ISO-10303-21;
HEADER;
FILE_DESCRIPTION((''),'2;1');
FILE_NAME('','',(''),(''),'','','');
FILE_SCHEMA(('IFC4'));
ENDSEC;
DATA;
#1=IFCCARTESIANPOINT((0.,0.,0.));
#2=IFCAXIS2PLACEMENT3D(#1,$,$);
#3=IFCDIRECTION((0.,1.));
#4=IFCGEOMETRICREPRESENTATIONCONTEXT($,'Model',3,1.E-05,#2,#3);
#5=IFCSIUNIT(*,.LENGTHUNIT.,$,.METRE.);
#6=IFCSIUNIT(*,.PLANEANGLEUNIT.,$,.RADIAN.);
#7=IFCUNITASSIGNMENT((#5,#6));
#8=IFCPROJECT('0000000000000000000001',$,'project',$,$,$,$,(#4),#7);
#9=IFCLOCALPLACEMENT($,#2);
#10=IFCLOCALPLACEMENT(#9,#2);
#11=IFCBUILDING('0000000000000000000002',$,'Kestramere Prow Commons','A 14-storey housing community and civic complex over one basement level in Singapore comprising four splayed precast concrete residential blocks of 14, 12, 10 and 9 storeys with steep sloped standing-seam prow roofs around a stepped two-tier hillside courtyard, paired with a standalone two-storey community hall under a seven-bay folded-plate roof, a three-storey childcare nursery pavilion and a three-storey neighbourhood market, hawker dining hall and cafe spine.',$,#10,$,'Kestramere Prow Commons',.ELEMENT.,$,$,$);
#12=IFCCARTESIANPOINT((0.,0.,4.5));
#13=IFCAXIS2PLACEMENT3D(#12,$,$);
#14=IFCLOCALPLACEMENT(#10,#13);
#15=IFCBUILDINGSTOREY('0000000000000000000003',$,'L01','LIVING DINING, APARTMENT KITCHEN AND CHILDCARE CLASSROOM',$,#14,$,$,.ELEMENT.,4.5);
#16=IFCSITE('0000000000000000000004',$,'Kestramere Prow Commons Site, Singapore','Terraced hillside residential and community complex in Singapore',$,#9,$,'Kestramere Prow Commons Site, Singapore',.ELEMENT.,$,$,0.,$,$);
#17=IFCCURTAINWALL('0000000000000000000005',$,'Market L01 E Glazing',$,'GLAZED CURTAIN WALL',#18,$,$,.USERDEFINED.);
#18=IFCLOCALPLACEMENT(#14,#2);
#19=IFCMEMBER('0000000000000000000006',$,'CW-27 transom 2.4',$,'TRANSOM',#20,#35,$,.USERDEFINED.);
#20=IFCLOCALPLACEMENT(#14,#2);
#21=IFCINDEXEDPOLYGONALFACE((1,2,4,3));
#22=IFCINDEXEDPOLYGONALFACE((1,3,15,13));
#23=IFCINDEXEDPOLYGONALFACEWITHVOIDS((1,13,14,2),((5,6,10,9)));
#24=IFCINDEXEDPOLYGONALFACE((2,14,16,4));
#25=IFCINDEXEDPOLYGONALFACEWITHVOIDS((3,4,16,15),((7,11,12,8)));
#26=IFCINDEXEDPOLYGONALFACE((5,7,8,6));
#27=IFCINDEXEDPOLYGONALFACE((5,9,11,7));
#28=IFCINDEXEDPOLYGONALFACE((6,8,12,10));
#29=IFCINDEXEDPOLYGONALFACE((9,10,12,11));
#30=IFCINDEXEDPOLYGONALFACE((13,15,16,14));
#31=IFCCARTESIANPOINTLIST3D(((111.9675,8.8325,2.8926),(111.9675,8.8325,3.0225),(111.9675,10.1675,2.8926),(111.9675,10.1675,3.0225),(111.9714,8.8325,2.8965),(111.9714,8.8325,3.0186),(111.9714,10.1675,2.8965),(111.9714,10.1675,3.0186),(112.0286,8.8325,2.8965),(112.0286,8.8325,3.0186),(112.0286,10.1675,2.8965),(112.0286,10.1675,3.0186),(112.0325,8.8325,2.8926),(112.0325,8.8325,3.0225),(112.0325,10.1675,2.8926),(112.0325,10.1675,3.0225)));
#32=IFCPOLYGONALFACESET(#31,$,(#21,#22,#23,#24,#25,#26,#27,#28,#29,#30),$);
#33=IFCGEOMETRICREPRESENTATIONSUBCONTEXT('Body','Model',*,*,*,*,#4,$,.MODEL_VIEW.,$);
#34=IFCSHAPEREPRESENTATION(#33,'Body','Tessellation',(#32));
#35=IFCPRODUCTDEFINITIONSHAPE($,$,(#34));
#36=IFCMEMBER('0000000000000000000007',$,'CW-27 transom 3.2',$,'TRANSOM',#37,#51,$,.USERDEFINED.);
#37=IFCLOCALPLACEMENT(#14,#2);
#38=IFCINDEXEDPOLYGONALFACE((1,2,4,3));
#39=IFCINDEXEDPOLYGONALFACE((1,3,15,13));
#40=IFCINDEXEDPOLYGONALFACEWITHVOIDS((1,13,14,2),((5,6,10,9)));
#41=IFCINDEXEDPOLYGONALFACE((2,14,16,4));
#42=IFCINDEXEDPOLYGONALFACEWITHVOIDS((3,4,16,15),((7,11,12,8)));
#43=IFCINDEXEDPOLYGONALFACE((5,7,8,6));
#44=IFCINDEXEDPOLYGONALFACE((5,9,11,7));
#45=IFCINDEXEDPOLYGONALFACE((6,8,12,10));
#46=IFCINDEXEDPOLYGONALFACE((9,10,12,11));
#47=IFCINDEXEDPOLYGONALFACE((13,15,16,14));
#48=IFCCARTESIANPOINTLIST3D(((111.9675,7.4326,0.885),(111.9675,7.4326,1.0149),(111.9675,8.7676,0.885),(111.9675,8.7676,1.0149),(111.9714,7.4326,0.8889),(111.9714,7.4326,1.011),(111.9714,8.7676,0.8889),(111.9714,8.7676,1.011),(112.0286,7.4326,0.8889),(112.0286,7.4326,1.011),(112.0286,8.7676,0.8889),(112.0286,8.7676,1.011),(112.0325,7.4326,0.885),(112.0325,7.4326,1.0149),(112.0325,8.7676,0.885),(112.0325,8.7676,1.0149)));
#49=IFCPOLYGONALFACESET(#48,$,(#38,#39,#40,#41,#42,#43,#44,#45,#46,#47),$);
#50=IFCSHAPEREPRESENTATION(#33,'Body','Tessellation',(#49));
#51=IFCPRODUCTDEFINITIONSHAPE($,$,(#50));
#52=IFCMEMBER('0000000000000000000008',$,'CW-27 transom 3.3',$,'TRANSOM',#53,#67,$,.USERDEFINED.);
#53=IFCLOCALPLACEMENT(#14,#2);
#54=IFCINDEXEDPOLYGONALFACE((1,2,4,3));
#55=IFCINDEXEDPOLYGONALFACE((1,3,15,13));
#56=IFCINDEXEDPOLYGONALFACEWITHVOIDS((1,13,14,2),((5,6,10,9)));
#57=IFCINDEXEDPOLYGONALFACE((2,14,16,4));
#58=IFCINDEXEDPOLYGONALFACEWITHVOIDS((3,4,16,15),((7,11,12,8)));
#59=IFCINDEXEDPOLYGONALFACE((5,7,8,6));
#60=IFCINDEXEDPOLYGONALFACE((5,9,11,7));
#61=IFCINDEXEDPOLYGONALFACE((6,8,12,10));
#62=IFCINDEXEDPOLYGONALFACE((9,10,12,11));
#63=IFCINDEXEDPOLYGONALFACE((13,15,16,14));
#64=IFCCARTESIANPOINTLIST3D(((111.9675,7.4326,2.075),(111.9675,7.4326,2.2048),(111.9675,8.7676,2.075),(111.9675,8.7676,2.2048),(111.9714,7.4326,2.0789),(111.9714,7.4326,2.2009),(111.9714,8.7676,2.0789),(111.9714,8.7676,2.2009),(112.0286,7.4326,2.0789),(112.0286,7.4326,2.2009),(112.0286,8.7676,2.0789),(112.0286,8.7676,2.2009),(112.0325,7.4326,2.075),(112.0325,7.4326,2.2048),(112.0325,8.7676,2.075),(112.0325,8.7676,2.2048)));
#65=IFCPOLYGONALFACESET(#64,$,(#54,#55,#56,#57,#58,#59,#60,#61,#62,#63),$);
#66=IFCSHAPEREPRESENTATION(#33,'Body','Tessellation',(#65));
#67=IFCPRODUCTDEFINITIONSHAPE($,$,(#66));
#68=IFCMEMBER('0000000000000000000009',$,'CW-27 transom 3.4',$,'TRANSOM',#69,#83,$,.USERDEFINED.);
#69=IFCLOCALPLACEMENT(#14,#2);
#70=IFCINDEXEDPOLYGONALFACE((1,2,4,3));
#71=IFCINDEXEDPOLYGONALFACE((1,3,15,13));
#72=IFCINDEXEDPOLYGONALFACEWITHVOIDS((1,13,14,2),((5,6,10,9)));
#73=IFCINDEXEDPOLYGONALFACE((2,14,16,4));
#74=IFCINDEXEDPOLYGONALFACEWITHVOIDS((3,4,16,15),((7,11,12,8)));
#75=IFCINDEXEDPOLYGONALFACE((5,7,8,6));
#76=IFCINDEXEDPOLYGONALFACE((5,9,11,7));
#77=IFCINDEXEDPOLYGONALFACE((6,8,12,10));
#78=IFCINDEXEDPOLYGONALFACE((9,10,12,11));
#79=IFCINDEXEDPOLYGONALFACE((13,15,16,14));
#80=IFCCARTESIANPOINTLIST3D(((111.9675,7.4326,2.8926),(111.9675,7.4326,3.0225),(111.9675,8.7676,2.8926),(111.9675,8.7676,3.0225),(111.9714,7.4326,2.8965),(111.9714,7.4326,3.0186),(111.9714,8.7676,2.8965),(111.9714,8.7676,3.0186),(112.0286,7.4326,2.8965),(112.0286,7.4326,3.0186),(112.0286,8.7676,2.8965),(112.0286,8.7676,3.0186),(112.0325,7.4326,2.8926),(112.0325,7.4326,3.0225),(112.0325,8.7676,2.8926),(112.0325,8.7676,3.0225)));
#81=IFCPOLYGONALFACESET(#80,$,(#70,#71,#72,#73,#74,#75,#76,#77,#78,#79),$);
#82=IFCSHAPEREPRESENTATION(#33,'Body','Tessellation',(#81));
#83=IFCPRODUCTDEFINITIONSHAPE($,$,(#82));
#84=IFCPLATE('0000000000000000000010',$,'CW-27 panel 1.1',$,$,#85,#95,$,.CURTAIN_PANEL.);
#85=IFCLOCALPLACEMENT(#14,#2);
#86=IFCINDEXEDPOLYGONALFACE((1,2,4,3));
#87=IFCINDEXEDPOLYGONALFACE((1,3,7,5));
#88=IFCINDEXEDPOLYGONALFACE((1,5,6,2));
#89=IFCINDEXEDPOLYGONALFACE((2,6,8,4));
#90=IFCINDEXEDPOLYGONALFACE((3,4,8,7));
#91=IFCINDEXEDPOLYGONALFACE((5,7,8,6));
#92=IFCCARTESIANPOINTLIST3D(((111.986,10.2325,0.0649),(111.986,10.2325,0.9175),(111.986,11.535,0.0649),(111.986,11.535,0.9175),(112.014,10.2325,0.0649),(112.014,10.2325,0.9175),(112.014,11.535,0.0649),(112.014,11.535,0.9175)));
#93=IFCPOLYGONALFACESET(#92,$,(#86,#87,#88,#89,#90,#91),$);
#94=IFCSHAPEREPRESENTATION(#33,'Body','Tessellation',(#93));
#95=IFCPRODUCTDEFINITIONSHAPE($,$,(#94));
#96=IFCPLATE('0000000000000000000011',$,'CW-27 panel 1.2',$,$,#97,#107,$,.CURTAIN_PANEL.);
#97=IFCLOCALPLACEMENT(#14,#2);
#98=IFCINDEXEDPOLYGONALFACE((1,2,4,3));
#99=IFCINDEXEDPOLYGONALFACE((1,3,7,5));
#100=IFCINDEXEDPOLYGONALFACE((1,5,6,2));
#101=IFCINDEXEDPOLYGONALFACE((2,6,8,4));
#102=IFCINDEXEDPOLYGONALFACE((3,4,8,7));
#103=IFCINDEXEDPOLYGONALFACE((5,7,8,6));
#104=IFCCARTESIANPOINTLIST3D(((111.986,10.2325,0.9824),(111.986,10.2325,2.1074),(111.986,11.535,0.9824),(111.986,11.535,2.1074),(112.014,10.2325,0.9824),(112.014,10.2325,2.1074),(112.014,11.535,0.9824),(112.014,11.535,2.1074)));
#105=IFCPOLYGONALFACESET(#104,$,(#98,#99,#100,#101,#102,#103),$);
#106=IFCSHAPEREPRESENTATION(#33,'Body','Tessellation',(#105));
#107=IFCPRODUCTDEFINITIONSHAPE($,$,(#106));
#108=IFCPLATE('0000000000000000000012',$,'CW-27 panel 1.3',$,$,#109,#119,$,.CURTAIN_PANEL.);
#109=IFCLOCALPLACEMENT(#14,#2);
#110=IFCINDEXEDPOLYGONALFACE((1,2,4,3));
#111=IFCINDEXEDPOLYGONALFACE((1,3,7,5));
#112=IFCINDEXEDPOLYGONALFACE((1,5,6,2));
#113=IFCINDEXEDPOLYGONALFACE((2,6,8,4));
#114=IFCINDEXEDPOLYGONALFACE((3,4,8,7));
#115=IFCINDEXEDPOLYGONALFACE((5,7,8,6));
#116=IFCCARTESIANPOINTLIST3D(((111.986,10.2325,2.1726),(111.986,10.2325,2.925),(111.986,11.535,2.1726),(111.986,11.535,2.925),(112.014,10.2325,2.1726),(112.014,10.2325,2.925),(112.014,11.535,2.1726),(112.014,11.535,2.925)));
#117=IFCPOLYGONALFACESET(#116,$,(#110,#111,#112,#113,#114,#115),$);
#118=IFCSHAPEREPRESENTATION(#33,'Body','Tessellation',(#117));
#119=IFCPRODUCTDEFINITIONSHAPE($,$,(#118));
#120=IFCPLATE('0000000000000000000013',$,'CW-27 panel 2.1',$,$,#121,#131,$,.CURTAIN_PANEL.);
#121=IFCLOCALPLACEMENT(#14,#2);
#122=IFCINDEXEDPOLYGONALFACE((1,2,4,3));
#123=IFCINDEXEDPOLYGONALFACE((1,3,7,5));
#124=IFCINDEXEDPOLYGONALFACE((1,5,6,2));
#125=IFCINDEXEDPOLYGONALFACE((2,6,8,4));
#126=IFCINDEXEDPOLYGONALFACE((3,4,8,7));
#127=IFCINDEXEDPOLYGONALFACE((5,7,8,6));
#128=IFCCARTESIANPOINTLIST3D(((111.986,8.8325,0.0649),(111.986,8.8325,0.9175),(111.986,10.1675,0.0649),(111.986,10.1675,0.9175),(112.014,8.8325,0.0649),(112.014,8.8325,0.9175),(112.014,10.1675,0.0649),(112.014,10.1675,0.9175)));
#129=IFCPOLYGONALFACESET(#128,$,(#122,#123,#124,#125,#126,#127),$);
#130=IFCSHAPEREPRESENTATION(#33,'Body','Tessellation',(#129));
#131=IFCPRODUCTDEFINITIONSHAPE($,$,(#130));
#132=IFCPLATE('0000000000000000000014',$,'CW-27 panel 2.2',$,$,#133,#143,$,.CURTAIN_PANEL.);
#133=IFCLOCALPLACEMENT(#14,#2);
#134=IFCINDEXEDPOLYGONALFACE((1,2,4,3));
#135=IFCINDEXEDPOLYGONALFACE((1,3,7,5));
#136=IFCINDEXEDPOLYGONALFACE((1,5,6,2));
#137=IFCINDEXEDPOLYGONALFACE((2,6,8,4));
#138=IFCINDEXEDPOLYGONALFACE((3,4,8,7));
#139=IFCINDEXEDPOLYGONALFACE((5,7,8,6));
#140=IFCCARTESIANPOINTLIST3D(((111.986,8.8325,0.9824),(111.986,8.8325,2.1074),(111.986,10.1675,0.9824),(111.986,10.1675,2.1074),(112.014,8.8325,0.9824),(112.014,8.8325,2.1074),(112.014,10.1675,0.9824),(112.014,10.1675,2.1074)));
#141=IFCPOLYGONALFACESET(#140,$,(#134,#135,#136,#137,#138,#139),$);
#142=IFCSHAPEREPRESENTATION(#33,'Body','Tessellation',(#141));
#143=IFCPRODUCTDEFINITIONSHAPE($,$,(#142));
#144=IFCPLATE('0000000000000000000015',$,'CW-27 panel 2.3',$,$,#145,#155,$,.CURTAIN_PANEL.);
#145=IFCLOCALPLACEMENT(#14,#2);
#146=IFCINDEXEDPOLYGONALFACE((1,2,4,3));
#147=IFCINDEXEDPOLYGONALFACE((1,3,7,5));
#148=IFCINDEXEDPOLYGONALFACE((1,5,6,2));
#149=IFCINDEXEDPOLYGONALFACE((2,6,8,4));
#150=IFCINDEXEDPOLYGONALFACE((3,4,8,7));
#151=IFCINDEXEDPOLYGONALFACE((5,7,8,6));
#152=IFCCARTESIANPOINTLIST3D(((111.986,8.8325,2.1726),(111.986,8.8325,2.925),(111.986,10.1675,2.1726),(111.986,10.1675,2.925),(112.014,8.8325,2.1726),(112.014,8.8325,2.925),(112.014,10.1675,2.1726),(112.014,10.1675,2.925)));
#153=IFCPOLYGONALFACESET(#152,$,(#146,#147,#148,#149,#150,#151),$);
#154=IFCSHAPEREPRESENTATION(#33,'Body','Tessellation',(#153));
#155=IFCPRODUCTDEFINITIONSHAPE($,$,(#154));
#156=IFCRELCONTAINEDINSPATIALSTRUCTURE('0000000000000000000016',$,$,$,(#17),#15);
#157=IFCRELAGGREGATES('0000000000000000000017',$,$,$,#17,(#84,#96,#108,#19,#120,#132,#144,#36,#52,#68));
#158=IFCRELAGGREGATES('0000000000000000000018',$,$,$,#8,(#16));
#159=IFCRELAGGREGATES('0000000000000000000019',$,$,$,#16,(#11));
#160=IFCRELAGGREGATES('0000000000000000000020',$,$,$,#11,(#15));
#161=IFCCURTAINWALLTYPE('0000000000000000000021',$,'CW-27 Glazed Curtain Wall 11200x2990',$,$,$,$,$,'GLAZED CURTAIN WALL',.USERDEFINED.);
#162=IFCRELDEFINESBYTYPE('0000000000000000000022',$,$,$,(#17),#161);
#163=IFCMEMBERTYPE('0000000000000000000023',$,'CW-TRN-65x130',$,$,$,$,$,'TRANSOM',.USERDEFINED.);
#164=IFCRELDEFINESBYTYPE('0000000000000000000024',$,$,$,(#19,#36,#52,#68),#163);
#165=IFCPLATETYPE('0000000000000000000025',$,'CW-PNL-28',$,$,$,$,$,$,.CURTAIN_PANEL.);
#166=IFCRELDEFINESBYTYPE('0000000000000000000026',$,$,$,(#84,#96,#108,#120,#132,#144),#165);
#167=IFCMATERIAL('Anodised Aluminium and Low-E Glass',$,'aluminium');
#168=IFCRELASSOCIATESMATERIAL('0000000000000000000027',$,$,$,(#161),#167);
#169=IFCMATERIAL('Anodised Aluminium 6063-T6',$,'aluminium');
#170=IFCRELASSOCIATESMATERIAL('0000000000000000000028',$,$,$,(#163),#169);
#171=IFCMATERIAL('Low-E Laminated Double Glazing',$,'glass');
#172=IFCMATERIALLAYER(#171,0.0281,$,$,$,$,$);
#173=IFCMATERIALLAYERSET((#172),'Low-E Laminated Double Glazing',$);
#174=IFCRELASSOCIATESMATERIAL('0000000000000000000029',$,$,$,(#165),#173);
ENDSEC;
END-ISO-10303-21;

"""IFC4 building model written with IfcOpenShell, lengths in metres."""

from ifc_helpers import new_model, si_unit, direction, frame, origin, origin_2d, place, context, subcontext, project, spatial, rectangle, hollow_rectangle, extrude, material, layer, layer_set, material_profile, profile_set, type_object, element, aggregate, save


model = new_model("IFC4")

# Units and contexts
model_context = context("Model", 3, precision=1e-05, world=origin(), true_north=direction((0.0, 1.0)))
body_context = subcontext(model_context, "Body", "Model", "MODEL_VIEW")
ifc_project = project(units=[si_unit("LENGTHUNIT", "METRE"), si_unit("PLANEANGLEUNIT", "RADIAN")], contexts=[model_context])

# Site, building, storey
site_placement = place(None, origin())
site = spatial("IfcSite", under=ifc_project, at=site_placement, Name="Kestramere Prow Commons Site, Singapore", Description="Terraced hillside residential and community complex in Singapore", LongName="Kestramere Prow Commons Site, Singapore", CompositionType="ELEMENT", RefElevation=0.0)
building_placement = place(site_placement, origin())
building = spatial("IfcBuilding", under=site, at=building_placement, Name="Kestramere Prow Commons", Description="A 14-storey housing community and civic complex over one basement level in Singapore comprising four splayed precast concrete residential blocks of 14, 12, 10 and 9 storeys with steep sloped standing-seam prow roofs around a stepped two-tier hillside courtyard, paired with a standalone two-storey community hall under a seven-bay folded-plate roof, a three-storey childcare nursery pavilion and a three-storey neighbourhood market, hawker dining hall and cafe spine.", LongName="Kestramere Prow Commons", CompositionType="ELEMENT")
storey_placement = place(building_placement, frame((0.0, 0.0, 4.5)))
storey = spatial("IfcBuildingStorey", under=building, at=storey_placement, Name="L01", Description="LIVING DINING, APARTMENT KITCHEN AND CHILDCARE CLASSROOM", CompositionType="ELEMENT", Elevation=4.5)

# Curtain wall, members, plates
ifc_material_1 = material(Name="Anodised Aluminium and Low-E Glass", Category="aluminium")
curtain_wall_type = type_object("IfcCurtainWallType", Name="CW-27 Glazed Curtain Wall 11200x2990", ElementType="GLAZED CURTAIN WALL", PredefinedType="USERDEFINED", material=ifc_material_1)
curtain_wall_placement = place(storey_placement, origin())
curtain_wall = element("IfcCurtainWall", 1, at=curtain_wall_placement, inside=storey, type_object=curtain_wall_type, Name="Market L01 E Glazing", ObjectType="GLAZED CURTAIN WALL", PredefinedType="USERDEFINED")
ifc_material_2 = material(Name="Anodised Aluminium 6063-T6", Category="aluminium")
ifc_material_profile_1 = material_profile(ifc_material_2, hollow_rectangle(XDim=0.0649, YDim=0.1299, WallThickness=0.0039, at=origin_2d()), Name="ALU-TRN 65x130")
ifc_profile_set_1 = profile_set([ifc_material_profile_1], Name="Anodised Aluminium 6063-T6")
member_type_1 = type_object("IfcMemberType", Name="CW-TRN-65x130", ElementType="TRANSOM", PredefinedType="USERDEFINED", material=ifc_profile_set_1)
member_1_placement = place(storey_placement, frame((112.0, 10.1675, 2.9575), z_axis=(0.0, -1.0, 0.0), x_axis=(1.0, 0.0, 0.0)))
member_1 = element("IfcMember", 2, at=member_1_placement, type_object=member_type_1, Name="CW-27 transom 2.4", ObjectType="TRANSOM", PredefinedType="USERDEFINED", context=body_context, shape_type="SweptSolid", body=[
    extrude(hollow_rectangle(XDim=0.0649, YDim=0.1299, WallThickness=0.0039, at=origin_2d()), origin(), (0.0, 0.0, 1.0), 1.335),
])
member_2_placement = place(storey_placement, frame((112.0, 8.7676, 0.95), z_axis=(0.0, -1.0, 0.0), x_axis=(1.0, 0.0, 0.0)))
member_2 = element("IfcMember", 3, at=member_2_placement, type_object=member_type_1, Name="CW-27 transom 3.2", ObjectType="TRANSOM", PredefinedType="USERDEFINED", context=body_context, shape_type="SweptSolid", body=[
    extrude(hollow_rectangle(XDim=0.0649, YDim=0.1299, WallThickness=0.0039, at=origin_2d()), origin(), (0.0, 0.0, 1.0), 1.335),
])
member_3_placement = place(storey_placement, frame((112.0, 8.7676, 2.1399), z_axis=(0.0, -1.0, 0.0), x_axis=(1.0, 0.0, 0.0)))
member_3 = element("IfcMember", 4, at=member_3_placement, type_object=member_type_1, Name="CW-27 transom 3.3", ObjectType="TRANSOM", PredefinedType="USERDEFINED", context=body_context, shape_type="SweptSolid", body=[
    extrude(hollow_rectangle(XDim=0.0649, YDim=0.1299, WallThickness=0.0039, at=origin_2d()), origin(), (0.0, 0.0, 1.0), 1.335),
])
member_4_placement = place(storey_placement, frame((112.0, 8.7676, 2.9575), z_axis=(0.0, -1.0, 0.0), x_axis=(1.0, 0.0, 0.0)))
member_4 = element("IfcMember", 5, at=member_4_placement, type_object=member_type_1, Name="CW-27 transom 3.4", ObjectType="TRANSOM", PredefinedType="USERDEFINED", context=body_context, shape_type="SweptSolid", body=[
    extrude(hollow_rectangle(XDim=0.0649, YDim=0.1299, WallThickness=0.0039, at=origin_2d()), origin(), (0.0, 0.0, 1.0), 1.335),
])
ifc_material_3 = material(Name="Low-E Laminated Double Glazing", Category="glass")
ifc_layer = layer(ifc_material_3, 0.0281)
ifc_layer_set = layer_set([ifc_layer], Name="Low-E Laminated Double Glazing")
plate_type = type_object("IfcPlateType", Name="CW-PNL-28", PredefinedType="CURTAIN_PANEL", material=ifc_layer_set)
plate_1_placement = place(storey_placement, frame((112.0, 10.8838, 0.0649), z_axis=(0.0, 0.0, 1.0), x_axis=(0.0, -1.0, 0.0)))
plate_1 = element("IfcPlate", 6, at=plate_1_placement, type_object=plate_type, Name="CW-27 panel 1.1", PredefinedType="CURTAIN_PANEL", context=body_context, shape_type="SweptSolid", body=[
    extrude(rectangle(XDim=1.3025, YDim=0.0281, at=origin_2d()), origin(), (0.0, 0.0, 1.0), 0.8525),
])
plate_2_placement = place(storey_placement, frame((112.0, 10.8838, 0.9824), z_axis=(0.0, 0.0, 1.0), x_axis=(0.0, -1.0, 0.0)))
plate_2 = element("IfcPlate", 7, at=plate_2_placement, type_object=plate_type, Name="CW-27 panel 1.2", PredefinedType="CURTAIN_PANEL", context=body_context, shape_type="SweptSolid", body=[
    extrude(rectangle(XDim=1.3025, YDim=0.0281, at=origin_2d()), origin(), (0.0, 0.0, 1.0), 1.125),
])
plate_3_placement = place(storey_placement, frame((112.0, 10.8838, 2.1726), z_axis=(0.0, 0.0, 1.0), x_axis=(0.0, -1.0, 0.0)))
plate_3 = element("IfcPlate", 8, at=plate_3_placement, type_object=plate_type, Name="CW-27 panel 1.3", PredefinedType="CURTAIN_PANEL", context=body_context, shape_type="SweptSolid", body=[
    extrude(rectangle(XDim=1.3025, YDim=0.0281, at=origin_2d()), origin(), (0.0, 0.0, 1.0), 0.7524),
])
plate_4_placement = place(storey_placement, frame((112.0, 9.5, 0.0649), z_axis=(0.0, 0.0, 1.0), x_axis=(0.0, -1.0, 0.0)))
plate_4 = element("IfcPlate", 9, at=plate_4_placement, type_object=plate_type, Name="CW-27 panel 2.1", PredefinedType="CURTAIN_PANEL", context=body_context, shape_type="SweptSolid", body=[
    extrude(rectangle(XDim=1.335, YDim=0.0281, at=origin_2d()), origin(), (0.0, 0.0, 1.0), 0.8525),
])
plate_5_placement = place(storey_placement, frame((112.0, 9.5, 0.9824), z_axis=(0.0, 0.0, 1.0), x_axis=(0.0, -1.0, 0.0)))
plate_5 = element("IfcPlate", 10, at=plate_5_placement, type_object=plate_type, Name="CW-27 panel 2.2", PredefinedType="CURTAIN_PANEL", context=body_context, shape_type="SweptSolid", body=[
    extrude(rectangle(XDim=1.335, YDim=0.0281, at=origin_2d()), origin(), (0.0, 0.0, 1.0), 1.125),
])
plate_6_placement = place(storey_placement, frame((112.0, 9.5, 2.1726), z_axis=(0.0, 0.0, 1.0), x_axis=(0.0, -1.0, 0.0)))
plate_6 = element("IfcPlate", 11, at=plate_6_placement, type_object=plate_type, Name="CW-27 panel 2.3", PredefinedType="CURTAIN_PANEL", context=body_context, shape_type="SweptSolid", body=[
    extrude(rectangle(XDim=1.335, YDim=0.0281, at=origin_2d()), origin(), (0.0, 0.0, 1.0), 0.7524),
])
aggregate(curtain_wall, [plate_1, plate_2, plate_3, member_1, plate_4, plate_5, plate_6, member_2, member_3, member_4])

save(model, "model.ifc")
